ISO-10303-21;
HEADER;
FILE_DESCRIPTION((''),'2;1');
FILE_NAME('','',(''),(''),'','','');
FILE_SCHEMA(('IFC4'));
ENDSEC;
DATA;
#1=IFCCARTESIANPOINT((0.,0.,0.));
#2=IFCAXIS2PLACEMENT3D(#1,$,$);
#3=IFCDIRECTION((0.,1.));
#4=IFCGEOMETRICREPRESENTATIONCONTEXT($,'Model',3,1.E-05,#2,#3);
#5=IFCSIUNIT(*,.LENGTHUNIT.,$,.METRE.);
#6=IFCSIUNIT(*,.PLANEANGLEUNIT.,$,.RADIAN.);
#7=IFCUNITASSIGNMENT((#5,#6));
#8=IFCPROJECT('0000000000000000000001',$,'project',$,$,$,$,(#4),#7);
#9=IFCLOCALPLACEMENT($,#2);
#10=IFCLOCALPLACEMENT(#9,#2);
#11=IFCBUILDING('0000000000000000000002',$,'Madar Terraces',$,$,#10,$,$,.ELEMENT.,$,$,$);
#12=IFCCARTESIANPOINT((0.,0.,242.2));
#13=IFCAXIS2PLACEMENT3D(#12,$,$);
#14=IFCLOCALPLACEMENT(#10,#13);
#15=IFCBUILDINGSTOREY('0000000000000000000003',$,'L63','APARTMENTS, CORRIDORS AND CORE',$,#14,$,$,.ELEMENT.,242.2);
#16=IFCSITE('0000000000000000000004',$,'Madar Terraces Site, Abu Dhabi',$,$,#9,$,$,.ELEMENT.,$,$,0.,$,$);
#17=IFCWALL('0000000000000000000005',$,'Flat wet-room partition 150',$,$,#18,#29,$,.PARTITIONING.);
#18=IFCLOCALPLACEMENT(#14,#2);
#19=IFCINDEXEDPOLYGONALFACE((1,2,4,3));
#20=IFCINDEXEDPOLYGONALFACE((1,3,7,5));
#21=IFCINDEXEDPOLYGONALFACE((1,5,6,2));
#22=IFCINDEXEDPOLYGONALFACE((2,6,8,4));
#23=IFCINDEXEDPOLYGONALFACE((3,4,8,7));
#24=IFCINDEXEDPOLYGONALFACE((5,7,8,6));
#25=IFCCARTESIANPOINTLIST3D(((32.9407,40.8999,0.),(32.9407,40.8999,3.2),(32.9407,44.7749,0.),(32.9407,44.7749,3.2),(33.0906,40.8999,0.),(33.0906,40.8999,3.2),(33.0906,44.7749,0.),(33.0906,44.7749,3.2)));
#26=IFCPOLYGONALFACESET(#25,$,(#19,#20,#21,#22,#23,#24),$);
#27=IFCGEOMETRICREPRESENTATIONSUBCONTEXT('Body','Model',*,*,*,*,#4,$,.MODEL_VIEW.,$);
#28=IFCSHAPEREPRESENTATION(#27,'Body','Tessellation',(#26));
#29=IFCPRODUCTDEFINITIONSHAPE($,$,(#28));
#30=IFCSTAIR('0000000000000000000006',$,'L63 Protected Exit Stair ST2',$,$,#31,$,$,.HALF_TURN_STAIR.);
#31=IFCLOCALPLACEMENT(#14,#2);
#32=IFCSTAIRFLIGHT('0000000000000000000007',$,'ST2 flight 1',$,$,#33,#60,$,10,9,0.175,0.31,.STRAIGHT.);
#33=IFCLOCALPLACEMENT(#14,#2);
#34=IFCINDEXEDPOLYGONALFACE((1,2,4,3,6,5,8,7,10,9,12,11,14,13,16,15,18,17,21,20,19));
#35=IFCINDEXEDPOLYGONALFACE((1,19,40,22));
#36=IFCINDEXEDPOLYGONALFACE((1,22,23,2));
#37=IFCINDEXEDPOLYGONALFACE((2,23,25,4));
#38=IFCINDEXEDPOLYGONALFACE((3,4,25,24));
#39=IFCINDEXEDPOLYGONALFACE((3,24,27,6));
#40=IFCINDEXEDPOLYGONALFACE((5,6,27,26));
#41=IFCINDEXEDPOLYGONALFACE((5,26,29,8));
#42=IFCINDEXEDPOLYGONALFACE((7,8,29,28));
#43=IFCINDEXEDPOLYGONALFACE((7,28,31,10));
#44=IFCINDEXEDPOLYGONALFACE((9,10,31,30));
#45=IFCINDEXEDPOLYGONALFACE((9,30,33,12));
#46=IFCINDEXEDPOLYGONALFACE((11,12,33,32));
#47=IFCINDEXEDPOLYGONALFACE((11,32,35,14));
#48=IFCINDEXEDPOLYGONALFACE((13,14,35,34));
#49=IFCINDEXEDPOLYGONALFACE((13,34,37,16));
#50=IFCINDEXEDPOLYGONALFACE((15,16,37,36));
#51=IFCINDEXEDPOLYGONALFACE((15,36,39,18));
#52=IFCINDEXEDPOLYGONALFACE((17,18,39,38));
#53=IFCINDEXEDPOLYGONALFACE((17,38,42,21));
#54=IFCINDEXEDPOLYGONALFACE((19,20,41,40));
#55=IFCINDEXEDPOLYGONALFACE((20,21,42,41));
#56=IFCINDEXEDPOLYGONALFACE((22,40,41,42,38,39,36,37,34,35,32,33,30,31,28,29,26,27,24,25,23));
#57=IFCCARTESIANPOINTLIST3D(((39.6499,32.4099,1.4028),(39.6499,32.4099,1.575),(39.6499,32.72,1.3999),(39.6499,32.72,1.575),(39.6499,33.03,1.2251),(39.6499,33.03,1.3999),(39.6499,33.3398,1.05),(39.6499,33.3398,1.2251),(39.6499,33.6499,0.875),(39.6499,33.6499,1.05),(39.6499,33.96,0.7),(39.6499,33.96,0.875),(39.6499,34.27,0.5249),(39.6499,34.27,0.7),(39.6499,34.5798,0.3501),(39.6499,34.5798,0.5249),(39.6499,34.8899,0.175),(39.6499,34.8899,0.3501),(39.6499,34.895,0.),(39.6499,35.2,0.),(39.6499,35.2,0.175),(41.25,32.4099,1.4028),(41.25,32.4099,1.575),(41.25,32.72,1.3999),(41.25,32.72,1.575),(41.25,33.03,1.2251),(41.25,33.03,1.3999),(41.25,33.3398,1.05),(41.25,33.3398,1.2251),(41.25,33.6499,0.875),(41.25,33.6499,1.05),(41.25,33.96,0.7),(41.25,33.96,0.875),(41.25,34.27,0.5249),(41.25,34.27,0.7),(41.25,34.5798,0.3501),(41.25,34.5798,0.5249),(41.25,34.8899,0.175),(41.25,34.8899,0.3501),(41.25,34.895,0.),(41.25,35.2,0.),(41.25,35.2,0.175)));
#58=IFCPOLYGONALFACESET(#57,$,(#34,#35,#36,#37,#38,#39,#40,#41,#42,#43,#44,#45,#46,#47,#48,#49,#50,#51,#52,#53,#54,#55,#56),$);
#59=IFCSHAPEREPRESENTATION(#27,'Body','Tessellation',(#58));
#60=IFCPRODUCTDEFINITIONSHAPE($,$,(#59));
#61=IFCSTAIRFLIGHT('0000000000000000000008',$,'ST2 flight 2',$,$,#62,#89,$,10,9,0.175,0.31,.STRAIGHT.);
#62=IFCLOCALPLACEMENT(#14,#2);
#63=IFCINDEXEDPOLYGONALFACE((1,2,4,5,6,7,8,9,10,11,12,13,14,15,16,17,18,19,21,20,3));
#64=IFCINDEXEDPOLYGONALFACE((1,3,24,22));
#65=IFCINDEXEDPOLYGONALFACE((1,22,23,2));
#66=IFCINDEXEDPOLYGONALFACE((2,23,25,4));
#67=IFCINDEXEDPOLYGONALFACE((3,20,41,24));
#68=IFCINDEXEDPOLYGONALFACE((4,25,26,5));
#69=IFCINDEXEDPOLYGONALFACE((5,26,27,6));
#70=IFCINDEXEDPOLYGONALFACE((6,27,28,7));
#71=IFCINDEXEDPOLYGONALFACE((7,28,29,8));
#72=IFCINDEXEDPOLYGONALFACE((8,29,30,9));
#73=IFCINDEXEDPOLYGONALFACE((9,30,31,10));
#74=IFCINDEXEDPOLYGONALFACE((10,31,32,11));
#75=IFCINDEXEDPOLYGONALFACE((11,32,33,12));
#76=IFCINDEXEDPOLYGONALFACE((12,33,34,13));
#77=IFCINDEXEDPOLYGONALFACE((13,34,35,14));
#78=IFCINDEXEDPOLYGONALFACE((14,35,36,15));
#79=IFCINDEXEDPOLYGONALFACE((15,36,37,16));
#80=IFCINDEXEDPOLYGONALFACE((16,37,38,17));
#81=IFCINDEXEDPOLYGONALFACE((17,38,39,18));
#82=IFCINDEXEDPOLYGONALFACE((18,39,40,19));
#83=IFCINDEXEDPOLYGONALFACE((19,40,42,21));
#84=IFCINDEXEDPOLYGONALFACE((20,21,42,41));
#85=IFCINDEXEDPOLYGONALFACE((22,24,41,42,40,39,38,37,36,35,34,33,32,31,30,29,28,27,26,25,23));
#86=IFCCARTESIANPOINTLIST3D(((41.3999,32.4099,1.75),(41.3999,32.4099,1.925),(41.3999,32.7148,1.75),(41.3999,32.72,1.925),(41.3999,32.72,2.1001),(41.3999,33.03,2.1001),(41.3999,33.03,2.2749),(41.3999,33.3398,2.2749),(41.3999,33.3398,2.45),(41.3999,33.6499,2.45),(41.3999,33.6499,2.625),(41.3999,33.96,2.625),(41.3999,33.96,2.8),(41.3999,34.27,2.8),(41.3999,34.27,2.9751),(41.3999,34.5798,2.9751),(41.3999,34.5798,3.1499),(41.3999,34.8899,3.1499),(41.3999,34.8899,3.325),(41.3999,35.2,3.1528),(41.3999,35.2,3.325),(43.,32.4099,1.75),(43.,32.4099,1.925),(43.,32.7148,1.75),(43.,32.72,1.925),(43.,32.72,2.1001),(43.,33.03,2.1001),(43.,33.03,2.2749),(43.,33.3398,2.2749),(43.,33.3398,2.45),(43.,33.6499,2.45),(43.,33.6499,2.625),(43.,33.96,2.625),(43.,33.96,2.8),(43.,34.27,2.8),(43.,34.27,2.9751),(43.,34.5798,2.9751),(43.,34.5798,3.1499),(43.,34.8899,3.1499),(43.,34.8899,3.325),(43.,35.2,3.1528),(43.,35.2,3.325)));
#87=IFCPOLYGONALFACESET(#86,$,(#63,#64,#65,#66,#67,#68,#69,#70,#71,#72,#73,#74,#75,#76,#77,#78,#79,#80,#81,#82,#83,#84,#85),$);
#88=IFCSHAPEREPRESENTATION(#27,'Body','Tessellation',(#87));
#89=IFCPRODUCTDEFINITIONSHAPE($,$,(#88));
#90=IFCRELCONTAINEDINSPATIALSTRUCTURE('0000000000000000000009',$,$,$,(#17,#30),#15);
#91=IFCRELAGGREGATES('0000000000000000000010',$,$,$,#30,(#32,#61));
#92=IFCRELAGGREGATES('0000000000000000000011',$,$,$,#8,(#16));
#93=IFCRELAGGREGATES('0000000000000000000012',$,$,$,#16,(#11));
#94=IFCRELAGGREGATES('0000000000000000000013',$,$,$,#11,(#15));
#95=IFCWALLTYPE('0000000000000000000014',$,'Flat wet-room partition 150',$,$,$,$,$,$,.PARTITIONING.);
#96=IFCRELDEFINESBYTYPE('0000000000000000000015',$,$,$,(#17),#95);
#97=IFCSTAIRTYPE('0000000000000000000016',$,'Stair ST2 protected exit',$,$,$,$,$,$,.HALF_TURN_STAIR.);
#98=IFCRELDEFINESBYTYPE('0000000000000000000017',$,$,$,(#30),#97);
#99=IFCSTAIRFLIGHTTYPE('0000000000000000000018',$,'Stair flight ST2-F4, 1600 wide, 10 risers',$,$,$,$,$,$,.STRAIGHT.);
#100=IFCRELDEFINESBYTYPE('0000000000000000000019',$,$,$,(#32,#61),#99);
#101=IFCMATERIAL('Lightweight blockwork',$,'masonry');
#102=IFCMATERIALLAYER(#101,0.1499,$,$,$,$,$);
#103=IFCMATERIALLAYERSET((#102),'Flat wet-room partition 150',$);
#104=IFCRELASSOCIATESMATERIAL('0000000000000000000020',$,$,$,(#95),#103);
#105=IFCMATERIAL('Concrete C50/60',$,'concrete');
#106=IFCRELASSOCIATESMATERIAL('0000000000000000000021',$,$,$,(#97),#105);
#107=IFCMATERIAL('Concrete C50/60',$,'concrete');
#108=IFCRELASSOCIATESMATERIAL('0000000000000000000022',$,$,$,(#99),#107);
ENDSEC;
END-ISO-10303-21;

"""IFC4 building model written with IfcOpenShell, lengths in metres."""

from ifc_helpers import new_model, si_unit, direction, frame, frame_2d, origin, place, context, subcontext, project, spatial, polyline, rectangle, outline, extrude, material, layer, layer_set, type_object, element, aggregate, save


model = new_model("IFC4")

# Units and contexts
model_context = context("Model", 3, precision=1e-05, world=origin(), true_north=direction((0.0, 1.0)))
body_context = subcontext(model_context, "Body", "Model", "MODEL_VIEW")
ifc_project = project(units=[si_unit("LENGTHUNIT", "METRE"), si_unit("PLANEANGLEUNIT", "RADIAN")], contexts=[model_context])

# Site, building, storey
site_placement = place(None, origin())
site = spatial("IfcSite", under=ifc_project, at=site_placement, Name="Madar Terraces Site, Abu Dhabi", CompositionType="ELEMENT", RefElevation=0.0)
building_placement = place(site_placement, origin())
building = spatial("IfcBuilding", under=site, at=building_placement, Name="Madar Terraces", CompositionType="ELEMENT")
storey_placement = place(building_placement, frame((0.0, 0.0, 242.2)))
storey = spatial("IfcBuildingStorey", under=building, at=storey_placement, Name="L63", Description="APARTMENTS, CORRIDORS AND CORE", CompositionType="ELEMENT", Elevation=242.2)

# Wall
ifc_material_1 = material(Name="Lightweight blockwork", Category="masonry")
ifc_layer_1 = layer(ifc_material_1, 0.1499)
ifc_layer_set_1 = layer_set([ifc_layer_1], Name="Flat wet-room partition 150")
wall_type_1 = type_object("IfcWallType", Name="Flat wet-room partition 150", PredefinedType="PARTITIONING", material=ifc_layer_set_1)
wall_1_placement = place(storey_placement, frame((33.0156, 40.8999, 0.0), z_axis=(0.0, 0.0, 1.0), x_axis=(0.0, 1.0, 0.0)))
element("IfcWall", 1, at=wall_1_placement, inside=storey, type_object=wall_type_1, Name="Flat wet-room partition 150", PredefinedType="PARTITIONING", context=body_context, shape_type="SweptSolid", body=[
    extrude(rectangle(XDim=3.875, YDim=0.1499, at=frame_2d((1.9375, 0.0))), origin(), (0.0, 0.0, 1.0), 3.2),
])

# Stair, stair flights
ifc_material_2 = material(Name="Concrete C50/60", Category="concrete")
stair_type = type_object("IfcStairType", Name="Stair ST2 protected exit", PredefinedType="HALF_TURN_STAIR", material=ifc_material_2)
stair_placement = place(storey_placement, origin())
stair = element("IfcStair", 2, at=stair_placement, inside=storey, type_object=stair_type, Name="L63 Protected Exit Stair ST2", PredefinedType="HALF_TURN_STAIR")
ifc_material_3 = material(Name="Concrete C50/60", Category="concrete")
stair_flight_type = type_object("IfcStairFlightType", Name="Stair flight ST2-F4, 1600 wide, 10 risers", PredefinedType="STRAIGHT", material=ifc_material_3)
stair_flight_1_placement = place(storey_placement, frame((40.45, 35.2, 0.0), z_axis=(0.0, 0.0, 1.0), x_axis=(0.0, -1.0, 0.0)))
stair_flight_1 = element("IfcStairFlight", 3, at=stair_flight_1_placement, type_object=stair_flight_type, Name="ST2 flight 1", NumberOfRisers=10, NumberOfTreads=9, PredefinedType="STRAIGHT", RiserHeight=0.175, TreadLength=0.31, context=body_context, shape_type="SweptSolid", body=[
    extrude(outline(polyline([(0.0, 0.0), (0.0, 0.175), (0.3101, 0.175), (0.3101, 0.3501), (0.6201, 0.3501), (0.6201, 0.5249), (0.9299, 0.5249), (0.9299, 0.7), (1.24, 0.7), (1.24, 0.875), (1.55, 0.875), (1.55, 1.05), (1.8601, 1.05), (1.8601, 1.2251), (2.1699, 1.2251), (2.1699, 1.3999), (2.48, 1.3999), (2.48, 1.575), (2.79, 1.575), (2.79, 1.75), (2.79, 1.4028), (0.3049, 0.0), (0.0, 0.0)])), frame((0.0, 0.8, 0.0), z_axis=(0.0, -1.0, 0.0), x_axis=(1.0, 0.0, 0.0)), (0.0, 0.0, 1.0), 1.6001),
])
stair_flight_2_placement = place(storey_placement, frame((42.2, 32.4099, 1.75), z_axis=(0.0, 0.0, 1.0), x_axis=(0.0, 1.0, 0.0)))
stair_flight_2 = element("IfcStairFlight", 4, at=stair_flight_2_placement, type_object=stair_flight_type, Name="ST2 flight 2", NumberOfRisers=10, NumberOfTreads=9, PredefinedType="STRAIGHT", RiserHeight=0.175, TreadLength=0.31, context=body_context, shape_type="SweptSolid", body=[
    extrude(outline(polyline([(0.0, 0.0), (0.0, 0.175), (0.3101, 0.175), (0.3101, 0.3501), (0.6201, 0.3501), (0.6201, 0.5249), (0.9299, 0.5249), (0.9299, 0.7), (1.24, 0.7), (1.24, 0.875), (1.55, 0.875), (1.55, 1.05), (1.8601, 1.05), (1.8601, 1.2251), (2.1699, 1.2251), (2.1699, 1.3999), (2.48, 1.3999), (2.48, 1.575), (2.79, 1.575), (2.79, 1.75), (2.79, 1.4028), (0.3049, 0.0), (0.0, 0.0)])), frame((0.0, 0.8, 0.0), z_axis=(0.0, -1.0, 0.0), x_axis=(1.0, 0.0, 0.0)), (0.0, 0.0, 1.0), 1.6001),
])
aggregate(stair, [stair_flight_1, stair_flight_2])

save(model, "model.ifc")
